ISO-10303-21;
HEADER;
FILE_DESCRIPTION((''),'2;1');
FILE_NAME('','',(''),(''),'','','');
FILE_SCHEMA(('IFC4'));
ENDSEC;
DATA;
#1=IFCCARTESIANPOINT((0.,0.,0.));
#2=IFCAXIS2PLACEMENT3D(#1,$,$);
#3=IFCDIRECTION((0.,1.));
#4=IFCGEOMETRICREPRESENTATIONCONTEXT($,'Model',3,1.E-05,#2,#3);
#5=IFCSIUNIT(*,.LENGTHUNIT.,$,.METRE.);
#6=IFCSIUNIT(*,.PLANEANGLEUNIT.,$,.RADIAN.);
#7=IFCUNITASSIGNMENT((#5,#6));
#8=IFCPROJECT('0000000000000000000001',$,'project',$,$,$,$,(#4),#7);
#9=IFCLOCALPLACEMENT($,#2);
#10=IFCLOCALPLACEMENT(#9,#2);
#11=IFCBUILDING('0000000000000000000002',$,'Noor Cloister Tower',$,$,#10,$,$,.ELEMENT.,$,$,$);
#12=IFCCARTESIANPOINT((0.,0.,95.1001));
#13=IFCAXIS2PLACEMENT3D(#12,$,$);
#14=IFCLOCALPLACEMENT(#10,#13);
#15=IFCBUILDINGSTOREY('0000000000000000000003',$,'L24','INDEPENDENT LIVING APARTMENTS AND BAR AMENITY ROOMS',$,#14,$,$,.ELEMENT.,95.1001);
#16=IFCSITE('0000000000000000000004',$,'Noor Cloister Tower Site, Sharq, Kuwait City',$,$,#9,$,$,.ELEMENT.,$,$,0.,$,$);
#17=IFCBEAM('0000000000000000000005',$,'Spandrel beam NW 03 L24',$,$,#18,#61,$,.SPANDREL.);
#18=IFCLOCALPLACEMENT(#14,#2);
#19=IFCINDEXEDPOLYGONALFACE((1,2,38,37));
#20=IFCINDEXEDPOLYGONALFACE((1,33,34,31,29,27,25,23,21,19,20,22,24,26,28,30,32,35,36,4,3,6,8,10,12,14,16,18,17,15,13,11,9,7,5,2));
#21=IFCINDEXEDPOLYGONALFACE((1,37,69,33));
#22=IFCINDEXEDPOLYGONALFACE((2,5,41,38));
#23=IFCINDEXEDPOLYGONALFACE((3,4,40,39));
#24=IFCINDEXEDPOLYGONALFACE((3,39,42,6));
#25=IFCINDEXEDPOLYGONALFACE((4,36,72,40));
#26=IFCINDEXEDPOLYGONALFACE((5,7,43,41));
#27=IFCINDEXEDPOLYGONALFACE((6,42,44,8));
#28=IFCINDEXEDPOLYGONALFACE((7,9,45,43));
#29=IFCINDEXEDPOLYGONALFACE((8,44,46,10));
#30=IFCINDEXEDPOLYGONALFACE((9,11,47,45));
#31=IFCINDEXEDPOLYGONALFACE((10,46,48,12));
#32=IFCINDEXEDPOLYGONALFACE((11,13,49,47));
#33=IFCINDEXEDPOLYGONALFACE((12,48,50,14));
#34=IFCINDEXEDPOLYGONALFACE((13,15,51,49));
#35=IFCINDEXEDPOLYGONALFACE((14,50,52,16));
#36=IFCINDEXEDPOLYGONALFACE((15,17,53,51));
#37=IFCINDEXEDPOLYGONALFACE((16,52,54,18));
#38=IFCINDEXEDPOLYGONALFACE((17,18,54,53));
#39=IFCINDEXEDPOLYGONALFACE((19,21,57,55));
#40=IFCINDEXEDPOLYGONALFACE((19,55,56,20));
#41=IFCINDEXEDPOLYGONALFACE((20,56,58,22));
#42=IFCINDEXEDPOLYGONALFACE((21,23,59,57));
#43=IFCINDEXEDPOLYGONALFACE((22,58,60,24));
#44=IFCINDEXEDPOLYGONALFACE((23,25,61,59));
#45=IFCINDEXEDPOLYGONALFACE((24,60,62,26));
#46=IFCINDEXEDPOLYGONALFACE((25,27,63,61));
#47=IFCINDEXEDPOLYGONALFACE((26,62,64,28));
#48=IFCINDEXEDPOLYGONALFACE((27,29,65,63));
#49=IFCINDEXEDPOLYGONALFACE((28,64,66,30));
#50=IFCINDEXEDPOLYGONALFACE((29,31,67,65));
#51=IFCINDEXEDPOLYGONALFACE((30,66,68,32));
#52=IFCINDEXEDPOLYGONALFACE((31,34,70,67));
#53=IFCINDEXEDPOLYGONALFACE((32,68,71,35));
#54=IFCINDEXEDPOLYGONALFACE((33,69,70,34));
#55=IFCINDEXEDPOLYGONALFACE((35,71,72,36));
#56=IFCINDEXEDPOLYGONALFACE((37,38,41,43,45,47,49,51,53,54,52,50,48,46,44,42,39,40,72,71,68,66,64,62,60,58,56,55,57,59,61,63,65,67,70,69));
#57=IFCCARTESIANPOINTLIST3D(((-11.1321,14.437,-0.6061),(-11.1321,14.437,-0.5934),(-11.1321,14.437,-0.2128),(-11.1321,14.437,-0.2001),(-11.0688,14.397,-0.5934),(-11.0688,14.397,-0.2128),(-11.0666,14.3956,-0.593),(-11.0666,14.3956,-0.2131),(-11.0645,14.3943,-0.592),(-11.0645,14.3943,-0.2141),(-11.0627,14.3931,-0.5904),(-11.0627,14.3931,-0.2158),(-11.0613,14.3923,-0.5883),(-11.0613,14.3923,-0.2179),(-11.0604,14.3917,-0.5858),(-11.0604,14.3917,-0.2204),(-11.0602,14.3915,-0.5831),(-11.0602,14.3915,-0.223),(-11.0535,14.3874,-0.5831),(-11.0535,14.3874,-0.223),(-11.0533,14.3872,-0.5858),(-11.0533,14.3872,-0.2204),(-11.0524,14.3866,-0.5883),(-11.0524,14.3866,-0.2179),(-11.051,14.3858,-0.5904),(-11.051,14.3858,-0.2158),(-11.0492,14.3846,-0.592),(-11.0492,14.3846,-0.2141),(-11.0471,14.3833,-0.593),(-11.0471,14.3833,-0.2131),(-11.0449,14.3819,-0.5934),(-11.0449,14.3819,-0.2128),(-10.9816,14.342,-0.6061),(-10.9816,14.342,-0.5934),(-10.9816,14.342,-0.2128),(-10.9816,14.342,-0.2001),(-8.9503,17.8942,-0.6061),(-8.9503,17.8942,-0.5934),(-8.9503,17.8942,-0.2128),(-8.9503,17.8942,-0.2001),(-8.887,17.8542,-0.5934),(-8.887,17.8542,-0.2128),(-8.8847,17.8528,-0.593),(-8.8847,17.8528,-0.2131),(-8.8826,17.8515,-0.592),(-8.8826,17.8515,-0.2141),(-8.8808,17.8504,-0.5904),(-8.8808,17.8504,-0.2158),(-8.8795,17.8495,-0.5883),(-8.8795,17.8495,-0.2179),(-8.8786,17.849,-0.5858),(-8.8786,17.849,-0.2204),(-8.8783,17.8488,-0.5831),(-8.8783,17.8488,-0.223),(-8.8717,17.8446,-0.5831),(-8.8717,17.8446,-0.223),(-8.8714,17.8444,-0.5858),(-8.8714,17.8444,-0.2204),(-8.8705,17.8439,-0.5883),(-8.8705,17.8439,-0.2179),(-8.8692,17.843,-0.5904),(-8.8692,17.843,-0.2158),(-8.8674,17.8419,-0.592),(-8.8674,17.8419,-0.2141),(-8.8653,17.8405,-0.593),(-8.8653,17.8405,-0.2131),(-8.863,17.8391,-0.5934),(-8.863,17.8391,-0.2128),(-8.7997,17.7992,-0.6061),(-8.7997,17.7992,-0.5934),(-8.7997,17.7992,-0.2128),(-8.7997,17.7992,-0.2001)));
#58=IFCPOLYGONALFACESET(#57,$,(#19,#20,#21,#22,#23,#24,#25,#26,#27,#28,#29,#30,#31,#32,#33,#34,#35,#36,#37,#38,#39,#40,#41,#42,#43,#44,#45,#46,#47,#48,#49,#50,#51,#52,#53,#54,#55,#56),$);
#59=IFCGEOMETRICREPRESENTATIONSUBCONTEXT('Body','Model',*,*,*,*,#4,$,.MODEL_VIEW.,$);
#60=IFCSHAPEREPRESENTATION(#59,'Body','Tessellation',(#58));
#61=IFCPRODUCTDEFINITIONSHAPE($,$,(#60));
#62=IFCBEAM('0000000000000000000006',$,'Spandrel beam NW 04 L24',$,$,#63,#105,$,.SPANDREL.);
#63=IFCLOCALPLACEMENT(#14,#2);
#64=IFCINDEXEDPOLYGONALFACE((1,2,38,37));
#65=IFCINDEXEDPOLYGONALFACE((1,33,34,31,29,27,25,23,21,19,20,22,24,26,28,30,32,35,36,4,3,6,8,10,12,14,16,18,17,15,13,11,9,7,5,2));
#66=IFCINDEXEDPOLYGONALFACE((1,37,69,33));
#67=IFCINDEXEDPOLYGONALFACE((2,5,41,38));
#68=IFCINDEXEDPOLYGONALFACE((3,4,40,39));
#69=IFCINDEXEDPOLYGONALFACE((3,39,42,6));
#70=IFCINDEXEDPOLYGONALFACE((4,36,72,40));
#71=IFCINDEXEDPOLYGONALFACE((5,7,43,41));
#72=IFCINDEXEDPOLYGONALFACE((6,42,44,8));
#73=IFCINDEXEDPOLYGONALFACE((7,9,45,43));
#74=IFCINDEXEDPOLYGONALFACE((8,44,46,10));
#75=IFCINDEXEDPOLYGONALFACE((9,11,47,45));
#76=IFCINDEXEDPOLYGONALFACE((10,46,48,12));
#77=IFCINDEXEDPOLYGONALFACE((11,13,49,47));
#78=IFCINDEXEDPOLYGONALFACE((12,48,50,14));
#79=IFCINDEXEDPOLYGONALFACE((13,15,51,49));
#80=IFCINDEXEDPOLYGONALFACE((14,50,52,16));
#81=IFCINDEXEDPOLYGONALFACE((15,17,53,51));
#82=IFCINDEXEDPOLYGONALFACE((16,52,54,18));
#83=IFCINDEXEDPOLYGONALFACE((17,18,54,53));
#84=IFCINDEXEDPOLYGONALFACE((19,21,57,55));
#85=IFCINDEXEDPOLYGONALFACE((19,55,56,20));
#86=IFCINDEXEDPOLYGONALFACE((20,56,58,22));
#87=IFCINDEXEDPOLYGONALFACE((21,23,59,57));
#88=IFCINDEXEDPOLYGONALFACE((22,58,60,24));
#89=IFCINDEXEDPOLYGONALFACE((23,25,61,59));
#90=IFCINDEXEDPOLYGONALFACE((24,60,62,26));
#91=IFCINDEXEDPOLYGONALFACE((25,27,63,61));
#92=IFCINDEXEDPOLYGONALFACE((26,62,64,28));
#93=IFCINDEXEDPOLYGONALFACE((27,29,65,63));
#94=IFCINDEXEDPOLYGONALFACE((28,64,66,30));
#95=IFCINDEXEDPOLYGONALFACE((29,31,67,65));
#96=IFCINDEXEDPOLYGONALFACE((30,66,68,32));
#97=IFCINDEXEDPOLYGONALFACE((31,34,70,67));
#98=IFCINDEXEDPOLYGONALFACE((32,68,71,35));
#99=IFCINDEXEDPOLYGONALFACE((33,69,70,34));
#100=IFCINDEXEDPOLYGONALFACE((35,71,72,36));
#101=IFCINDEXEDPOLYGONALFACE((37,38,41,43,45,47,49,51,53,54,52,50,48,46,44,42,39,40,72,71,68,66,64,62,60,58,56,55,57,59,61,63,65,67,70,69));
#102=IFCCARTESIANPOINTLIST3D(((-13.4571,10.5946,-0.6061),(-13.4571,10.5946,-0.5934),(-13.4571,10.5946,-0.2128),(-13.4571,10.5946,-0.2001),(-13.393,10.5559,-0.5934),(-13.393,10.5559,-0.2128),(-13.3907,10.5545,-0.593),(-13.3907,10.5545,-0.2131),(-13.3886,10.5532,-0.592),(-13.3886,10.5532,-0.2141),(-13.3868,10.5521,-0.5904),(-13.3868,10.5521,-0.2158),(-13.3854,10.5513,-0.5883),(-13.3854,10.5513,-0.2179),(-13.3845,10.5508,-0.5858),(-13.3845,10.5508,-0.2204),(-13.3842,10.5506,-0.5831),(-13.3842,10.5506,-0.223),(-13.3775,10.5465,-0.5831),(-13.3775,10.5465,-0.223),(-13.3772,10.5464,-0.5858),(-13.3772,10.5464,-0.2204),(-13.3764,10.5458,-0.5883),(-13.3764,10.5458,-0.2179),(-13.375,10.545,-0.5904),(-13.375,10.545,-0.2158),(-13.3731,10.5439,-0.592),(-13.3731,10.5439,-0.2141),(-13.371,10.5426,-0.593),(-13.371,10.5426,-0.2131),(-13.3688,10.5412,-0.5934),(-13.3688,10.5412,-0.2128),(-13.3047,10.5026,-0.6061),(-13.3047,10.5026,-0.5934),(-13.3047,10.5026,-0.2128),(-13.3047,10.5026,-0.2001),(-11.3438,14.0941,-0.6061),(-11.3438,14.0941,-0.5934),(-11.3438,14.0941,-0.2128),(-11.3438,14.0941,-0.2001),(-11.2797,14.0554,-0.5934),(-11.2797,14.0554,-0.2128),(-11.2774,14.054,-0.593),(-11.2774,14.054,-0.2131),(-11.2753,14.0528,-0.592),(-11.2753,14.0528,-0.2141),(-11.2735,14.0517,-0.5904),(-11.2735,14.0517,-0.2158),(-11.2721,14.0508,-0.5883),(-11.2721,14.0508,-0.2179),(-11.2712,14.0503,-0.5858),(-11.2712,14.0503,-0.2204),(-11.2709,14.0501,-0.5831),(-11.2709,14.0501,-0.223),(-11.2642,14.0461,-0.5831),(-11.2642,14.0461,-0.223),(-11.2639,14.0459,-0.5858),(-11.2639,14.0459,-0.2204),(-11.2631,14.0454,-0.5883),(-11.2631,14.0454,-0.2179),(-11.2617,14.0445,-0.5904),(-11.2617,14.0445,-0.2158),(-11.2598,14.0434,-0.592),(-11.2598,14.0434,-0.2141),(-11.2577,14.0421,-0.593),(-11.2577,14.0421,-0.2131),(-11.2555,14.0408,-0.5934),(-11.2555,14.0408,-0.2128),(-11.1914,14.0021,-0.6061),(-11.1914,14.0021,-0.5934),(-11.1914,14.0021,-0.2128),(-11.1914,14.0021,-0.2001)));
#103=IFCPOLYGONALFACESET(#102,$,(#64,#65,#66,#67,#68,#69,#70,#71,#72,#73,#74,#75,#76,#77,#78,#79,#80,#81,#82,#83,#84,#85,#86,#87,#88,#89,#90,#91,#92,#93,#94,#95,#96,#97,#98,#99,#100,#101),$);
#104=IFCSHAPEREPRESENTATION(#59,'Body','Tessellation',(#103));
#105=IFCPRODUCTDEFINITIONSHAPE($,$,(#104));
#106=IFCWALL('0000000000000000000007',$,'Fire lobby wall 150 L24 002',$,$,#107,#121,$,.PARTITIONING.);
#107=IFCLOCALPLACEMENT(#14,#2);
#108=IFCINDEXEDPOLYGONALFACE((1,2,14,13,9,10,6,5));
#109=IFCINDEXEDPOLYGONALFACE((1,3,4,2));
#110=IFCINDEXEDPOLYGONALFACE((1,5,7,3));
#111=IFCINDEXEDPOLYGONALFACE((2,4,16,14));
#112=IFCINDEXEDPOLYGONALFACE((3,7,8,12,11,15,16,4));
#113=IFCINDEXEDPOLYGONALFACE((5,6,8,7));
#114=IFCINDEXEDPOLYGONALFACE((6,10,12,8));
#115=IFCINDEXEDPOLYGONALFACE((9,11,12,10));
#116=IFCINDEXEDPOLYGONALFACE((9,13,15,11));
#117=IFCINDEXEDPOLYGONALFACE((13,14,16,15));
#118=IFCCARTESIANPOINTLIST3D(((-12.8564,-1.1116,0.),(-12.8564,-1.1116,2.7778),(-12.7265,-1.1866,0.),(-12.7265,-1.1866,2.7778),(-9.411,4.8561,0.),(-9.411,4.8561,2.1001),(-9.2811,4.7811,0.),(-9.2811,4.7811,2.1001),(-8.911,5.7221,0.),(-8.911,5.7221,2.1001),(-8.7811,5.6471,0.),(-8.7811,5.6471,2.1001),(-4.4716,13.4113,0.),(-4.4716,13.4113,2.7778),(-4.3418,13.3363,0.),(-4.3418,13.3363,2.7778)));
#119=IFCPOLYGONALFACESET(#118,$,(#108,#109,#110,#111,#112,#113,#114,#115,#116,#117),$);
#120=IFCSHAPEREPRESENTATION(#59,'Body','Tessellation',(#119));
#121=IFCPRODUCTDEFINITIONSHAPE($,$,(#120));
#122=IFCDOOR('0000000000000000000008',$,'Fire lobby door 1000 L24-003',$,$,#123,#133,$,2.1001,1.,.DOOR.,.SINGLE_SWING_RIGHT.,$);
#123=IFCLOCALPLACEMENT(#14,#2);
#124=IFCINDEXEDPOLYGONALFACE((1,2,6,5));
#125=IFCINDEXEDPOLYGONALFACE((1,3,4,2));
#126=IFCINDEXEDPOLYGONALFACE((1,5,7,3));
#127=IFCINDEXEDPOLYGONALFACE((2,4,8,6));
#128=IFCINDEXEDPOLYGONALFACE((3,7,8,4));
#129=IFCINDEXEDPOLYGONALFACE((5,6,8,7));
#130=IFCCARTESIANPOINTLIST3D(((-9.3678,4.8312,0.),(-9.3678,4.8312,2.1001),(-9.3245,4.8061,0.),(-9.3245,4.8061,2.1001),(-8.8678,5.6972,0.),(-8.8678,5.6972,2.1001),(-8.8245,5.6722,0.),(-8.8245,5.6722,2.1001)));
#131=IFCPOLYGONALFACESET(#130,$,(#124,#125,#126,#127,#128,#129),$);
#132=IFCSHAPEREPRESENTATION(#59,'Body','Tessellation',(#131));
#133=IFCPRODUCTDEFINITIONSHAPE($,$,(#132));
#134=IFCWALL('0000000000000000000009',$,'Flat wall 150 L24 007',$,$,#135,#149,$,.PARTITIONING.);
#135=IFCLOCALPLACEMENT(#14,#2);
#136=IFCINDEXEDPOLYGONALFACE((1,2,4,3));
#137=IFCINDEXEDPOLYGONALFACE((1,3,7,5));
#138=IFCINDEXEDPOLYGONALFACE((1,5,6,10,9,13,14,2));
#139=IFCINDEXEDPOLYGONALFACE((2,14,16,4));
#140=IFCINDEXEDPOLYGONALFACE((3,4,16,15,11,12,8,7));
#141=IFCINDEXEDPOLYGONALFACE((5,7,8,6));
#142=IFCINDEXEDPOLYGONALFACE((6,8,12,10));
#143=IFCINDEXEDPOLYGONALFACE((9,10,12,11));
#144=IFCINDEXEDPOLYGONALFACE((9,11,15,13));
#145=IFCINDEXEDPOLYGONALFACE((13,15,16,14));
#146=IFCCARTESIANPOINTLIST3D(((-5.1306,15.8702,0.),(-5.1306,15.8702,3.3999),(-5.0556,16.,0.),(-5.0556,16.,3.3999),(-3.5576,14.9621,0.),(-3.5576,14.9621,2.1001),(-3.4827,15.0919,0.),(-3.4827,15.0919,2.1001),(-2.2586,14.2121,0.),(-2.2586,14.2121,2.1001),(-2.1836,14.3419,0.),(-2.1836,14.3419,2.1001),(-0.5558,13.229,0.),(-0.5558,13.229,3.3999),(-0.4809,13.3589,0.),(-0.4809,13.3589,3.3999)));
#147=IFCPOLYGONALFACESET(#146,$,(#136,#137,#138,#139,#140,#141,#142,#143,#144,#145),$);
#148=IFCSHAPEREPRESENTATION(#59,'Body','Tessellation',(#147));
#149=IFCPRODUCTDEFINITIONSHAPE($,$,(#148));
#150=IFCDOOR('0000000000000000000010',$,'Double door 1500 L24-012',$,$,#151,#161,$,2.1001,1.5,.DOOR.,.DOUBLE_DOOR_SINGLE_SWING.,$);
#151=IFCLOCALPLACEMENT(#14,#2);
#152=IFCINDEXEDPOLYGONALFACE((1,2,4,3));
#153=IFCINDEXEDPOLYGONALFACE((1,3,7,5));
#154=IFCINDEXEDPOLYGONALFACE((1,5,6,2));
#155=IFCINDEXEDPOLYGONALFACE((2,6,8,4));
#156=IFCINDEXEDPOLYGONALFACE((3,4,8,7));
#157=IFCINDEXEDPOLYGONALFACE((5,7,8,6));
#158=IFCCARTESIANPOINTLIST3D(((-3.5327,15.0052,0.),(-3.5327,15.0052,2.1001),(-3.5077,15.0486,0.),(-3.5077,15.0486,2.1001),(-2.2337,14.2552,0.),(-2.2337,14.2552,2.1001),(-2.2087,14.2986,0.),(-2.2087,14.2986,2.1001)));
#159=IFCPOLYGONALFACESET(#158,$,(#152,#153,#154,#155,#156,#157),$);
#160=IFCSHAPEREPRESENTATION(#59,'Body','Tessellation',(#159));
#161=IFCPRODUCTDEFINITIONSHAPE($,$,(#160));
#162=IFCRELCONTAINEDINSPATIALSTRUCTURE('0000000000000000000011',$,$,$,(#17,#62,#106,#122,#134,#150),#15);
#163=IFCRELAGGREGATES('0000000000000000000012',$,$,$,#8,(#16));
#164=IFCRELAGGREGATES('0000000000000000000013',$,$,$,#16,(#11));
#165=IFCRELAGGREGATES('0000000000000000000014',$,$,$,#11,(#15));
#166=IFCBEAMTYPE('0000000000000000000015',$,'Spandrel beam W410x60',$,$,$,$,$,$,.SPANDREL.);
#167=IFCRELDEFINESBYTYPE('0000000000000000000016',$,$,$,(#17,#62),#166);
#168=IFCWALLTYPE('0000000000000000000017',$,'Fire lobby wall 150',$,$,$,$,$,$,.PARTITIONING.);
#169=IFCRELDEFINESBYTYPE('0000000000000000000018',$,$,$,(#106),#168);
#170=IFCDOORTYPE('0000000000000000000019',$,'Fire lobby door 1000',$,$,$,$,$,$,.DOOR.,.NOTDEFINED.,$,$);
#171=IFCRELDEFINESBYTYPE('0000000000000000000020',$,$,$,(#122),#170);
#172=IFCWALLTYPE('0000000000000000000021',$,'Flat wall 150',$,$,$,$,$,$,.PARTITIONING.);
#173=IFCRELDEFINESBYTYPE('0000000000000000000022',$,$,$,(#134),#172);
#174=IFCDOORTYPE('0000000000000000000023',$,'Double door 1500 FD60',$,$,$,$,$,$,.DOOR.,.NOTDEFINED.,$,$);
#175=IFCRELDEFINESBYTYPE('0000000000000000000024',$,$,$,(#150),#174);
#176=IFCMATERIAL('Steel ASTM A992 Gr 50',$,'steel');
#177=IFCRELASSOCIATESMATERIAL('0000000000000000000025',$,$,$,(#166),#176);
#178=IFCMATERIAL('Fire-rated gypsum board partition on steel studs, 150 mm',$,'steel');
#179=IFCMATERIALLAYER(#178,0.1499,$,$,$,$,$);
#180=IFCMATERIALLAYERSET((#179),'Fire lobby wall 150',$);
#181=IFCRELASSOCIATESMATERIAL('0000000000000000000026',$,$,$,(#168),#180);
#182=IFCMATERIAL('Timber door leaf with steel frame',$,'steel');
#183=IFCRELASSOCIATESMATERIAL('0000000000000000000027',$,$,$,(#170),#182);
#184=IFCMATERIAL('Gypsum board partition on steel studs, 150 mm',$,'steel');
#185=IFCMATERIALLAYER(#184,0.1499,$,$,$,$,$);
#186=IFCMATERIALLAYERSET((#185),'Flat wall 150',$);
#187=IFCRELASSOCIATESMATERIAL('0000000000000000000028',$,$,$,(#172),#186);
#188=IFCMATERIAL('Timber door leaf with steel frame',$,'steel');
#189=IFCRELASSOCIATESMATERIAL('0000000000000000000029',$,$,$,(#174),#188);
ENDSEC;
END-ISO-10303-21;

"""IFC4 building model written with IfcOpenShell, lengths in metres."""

from ifc_helpers import new_model, si_unit, direction, frame, frame_2d, origin, origin_2d, place, context, subcontext, project, spatial, rectangle, i_section, extrude, material, layer, layer_set, material_profile, profile_set, type_object, element, fill, save


model = new_model("IFC4")

# Units and contexts
model_context = context("Model", 3, precision=1e-05, world=origin(), true_north=direction((0.0, 1.0)))
body_context = subcontext(model_context, "Body", "Model", "MODEL_VIEW")
ifc_project = project(units=[si_unit("LENGTHUNIT", "METRE"), si_unit("PLANEANGLEUNIT", "RADIAN")], contexts=[model_context])

# Site, building, storey
site_placement = place(None, origin())
site = spatial("IfcSite", under=ifc_project, at=site_placement, Name="Noor Cloister Tower Site, Sharq, Kuwait City", CompositionType="ELEMENT", RefElevation=0.0)
building_placement = place(site_placement, origin())
building = spatial("IfcBuilding", under=site, at=building_placement, Name="Noor Cloister Tower", CompositionType="ELEMENT")
storey_placement = place(building_placement, frame((0.0, 0.0, 95.1001)))
storey = spatial("IfcBuildingStorey", under=building, at=storey_placement, Name="L24", Description="INDEPENDENT LIVING APARTMENTS AND BAR AMENITY ROOMS", CompositionType="ELEMENT", Elevation=95.1001)

# Beams
ifc_material_1 = material(Name="Steel ASTM A992 Gr 50", Category="steel")
ifc_material_profile_1 = material_profile(ifc_material_1, i_section(OverallWidth=0.178, OverallDepth=0.406, WebThickness=0.0078, FlangeThickness=0.0127, FilletRadius=0.0103, at=origin_2d()), Name="W410x60")
ifc_profile_set_1 = profile_set([ifc_material_profile_1], Name="Steel ASTM A992 Gr 50")
beam_type_1 = type_object("IfcBeamType", Name="Spandrel beam W410x60", PredefinedType="SPANDREL", material=ifc_profile_set_1)
for number, where, z_axis, x_axis, name in (
    (1, (-8.875, 17.8467, -0.4031), (-0.533703, -0.845672, 0.0), (0.845672, -0.533703, 0.0), "Spandrel beam NW 03 L24"),
    (2, (-11.2676, 14.0481, -0.4031), (-0.516935, -0.856025, 0.0), (0.856025, -0.516935, 0.0), "Spandrel beam NW 04 L24"),
):
    element("IfcBeam", number, at=place(storey_placement, frame(where, z_axis=z_axis, x_axis=x_axis)), inside=storey, type_object=beam_type_1, Name=name, PredefinedType="SPANDREL", context=body_context, shape_type="SweptSolid", body=[
        extrude(i_section(OverallWidth=0.178, OverallDepth=0.406, WebThickness=0.0078, FlangeThickness=0.0127, FilletRadius=0.0103, at=origin_2d()), origin(), (0.0, 0.0, 1.0), 4.0881),
    ])

# Walls, openings, doors
ifc_material_2 = material(Name="Fire-rated gypsum board partition on steel studs, 150 mm", Category="steel")
ifc_layer_1 = layer(ifc_material_2, 0.1499)
ifc_layer_set_1 = layer_set([ifc_layer_1], Name="Fire lobby wall 150")
wall_type_1 = type_object("IfcWallType", Name="Fire lobby wall 150", PredefinedType="PARTITIONING", material=ifc_layer_set_1)
wall_1_placement = place(storey_placement, frame((-4.4067, 13.3738, 0.0), z_axis=(0.0, 0.0, 1.0), x_axis=(-0.499997, -0.866027, 0.0)))
wall_1 = element("IfcWall", 3, at=wall_1_placement, inside=storey, type_object=wall_type_1, Name="Fire lobby wall 150 L24 002", PredefinedType="PARTITIONING", context=body_context, shape_type="SweptSolid", body=[
    extrude(rectangle(XDim=16.7695, YDim=0.1499, at=frame_2d((8.3848, 0.0))), origin(), (0.0, 0.0, 1.0), 2.7778),
])
opening_1_placement = place(wall_1_placement, frame((8.8787, 0.0, 0.0)))
opening_1 = element("IfcOpeningElement", 4, at=opening_1_placement, cuts=wall_1, PredefinedType="OPENING", context=body_context, shape_type="SweptSolid", body=[
    extrude(rectangle(XDim=1.0, YDim=2.1001, at=frame_2d((0.5, 1.05))), frame((0.0, 0.085, 0.0), z_axis=(0.0, -1.0, 0.0), x_axis=(1.0, 0.0, 0.0)), (0.0, 0.0, 1.0), 0.1699),
])
ifc_material_3 = material(Name="Timber door leaf with steel frame", Category="steel")
door_type_1 = type_object("IfcDoorType", Name="Fire lobby door 1000", OperationType="NOTDEFINED", PredefinedType="DOOR", material=ifc_material_3)
door_1_placement = place(opening_1_placement, origin())
door_1 = element("IfcDoor", 5, at=door_1_placement, inside=storey, type_object=door_type_1, Name="Fire lobby door 1000 L24-003", OperationType="SINGLE_SWING_RIGHT", OverallHeight=2.1001, OverallWidth=1.0, PredefinedType="DOOR", context=body_context, shape_type="SweptSolid", body=[
    extrude(rectangle(XDim=1.0, YDim=2.1001, at=frame_2d((0.5, 1.05))), frame((0.0, 0.0249, 0.0), z_axis=(0.0, -1.0, 0.0), x_axis=(1.0, 0.0, 0.0)), (0.0, 0.0, 1.0), 0.05),
])
fill(opening_1, door_1)
ifc_material_4 = material(Name="Gypsum board partition on steel studs, 150 mm", Category="steel")
ifc_layer_2 = layer(ifc_material_4, 0.1499)
ifc_layer_set_2 = layer_set([ifc_layer_2], Name="Flat wall 150")
wall_type_2 = type_object("IfcWallType", Name="Flat wall 150", PredefinedType="PARTITIONING", material=ifc_layer_set_2)
wall_2_placement = place(storey_placement, frame((-5.093, 15.9351, 0.0), z_axis=(0.0, 0.0, 1.0), x_axis=(0.866033, -0.499987, 0.0)))
wall_2 = element("IfcWall", 6, at=wall_2_placement, inside=storey, type_object=wall_type_2, Name="Flat wall 150 L24 007", PredefinedType="PARTITIONING", context=body_context, shape_type="SweptSolid", body=[
    extrude(rectangle(XDim=5.2825, YDim=0.1499, at=frame_2d((2.6411, 0.0))), origin(), (0.0, 0.0, 1.0), 3.3999),
])
opening_2_placement = place(wall_2_placement, frame((1.8162, 0.0, 0.0)))
opening_2 = element("IfcOpeningElement", 7, at=opening_2_placement, cuts=wall_2, PredefinedType="OPENING", context=body_context, shape_type="SweptSolid", body=[
    extrude(rectangle(XDim=1.5, YDim=2.1001, at=frame_2d((0.75, 1.05))), frame((0.0, 0.085, 0.0), z_axis=(0.0, -1.0, 0.0), x_axis=(1.0, 0.0, 0.0)), (0.0, 0.0, 1.0), 0.1699),
])
ifc_material_5 = material(Name="Timber door leaf with steel frame", Category="steel")
door_type_2 = type_object("IfcDoorType", Name="Double door 1500 FD60", OperationType="NOTDEFINED", PredefinedType="DOOR", material=ifc_material_5)
door_2_placement = place(opening_2_placement, origin())
door_2 = element("IfcDoor", 8, at=door_2_placement, inside=storey, type_object=door_type_2, Name="Double door 1500 L24-012", OperationType="DOUBLE_DOOR_SINGLE_SWING", OverallHeight=2.1001, OverallWidth=1.5, PredefinedType="DOOR", context=body_context, shape_type="SweptSolid", body=[
    extrude(rectangle(XDim=1.5, YDim=2.1001, at=frame_2d((0.75, 1.05))), frame((0.0, 0.0249, 0.0), z_axis=(0.0, -1.0, 0.0), x_axis=(1.0, 0.0, 0.0)), (0.0, 0.0, 1.0), 0.05),
])
fill(opening_2, door_2)

save(model, "model.ifc")
